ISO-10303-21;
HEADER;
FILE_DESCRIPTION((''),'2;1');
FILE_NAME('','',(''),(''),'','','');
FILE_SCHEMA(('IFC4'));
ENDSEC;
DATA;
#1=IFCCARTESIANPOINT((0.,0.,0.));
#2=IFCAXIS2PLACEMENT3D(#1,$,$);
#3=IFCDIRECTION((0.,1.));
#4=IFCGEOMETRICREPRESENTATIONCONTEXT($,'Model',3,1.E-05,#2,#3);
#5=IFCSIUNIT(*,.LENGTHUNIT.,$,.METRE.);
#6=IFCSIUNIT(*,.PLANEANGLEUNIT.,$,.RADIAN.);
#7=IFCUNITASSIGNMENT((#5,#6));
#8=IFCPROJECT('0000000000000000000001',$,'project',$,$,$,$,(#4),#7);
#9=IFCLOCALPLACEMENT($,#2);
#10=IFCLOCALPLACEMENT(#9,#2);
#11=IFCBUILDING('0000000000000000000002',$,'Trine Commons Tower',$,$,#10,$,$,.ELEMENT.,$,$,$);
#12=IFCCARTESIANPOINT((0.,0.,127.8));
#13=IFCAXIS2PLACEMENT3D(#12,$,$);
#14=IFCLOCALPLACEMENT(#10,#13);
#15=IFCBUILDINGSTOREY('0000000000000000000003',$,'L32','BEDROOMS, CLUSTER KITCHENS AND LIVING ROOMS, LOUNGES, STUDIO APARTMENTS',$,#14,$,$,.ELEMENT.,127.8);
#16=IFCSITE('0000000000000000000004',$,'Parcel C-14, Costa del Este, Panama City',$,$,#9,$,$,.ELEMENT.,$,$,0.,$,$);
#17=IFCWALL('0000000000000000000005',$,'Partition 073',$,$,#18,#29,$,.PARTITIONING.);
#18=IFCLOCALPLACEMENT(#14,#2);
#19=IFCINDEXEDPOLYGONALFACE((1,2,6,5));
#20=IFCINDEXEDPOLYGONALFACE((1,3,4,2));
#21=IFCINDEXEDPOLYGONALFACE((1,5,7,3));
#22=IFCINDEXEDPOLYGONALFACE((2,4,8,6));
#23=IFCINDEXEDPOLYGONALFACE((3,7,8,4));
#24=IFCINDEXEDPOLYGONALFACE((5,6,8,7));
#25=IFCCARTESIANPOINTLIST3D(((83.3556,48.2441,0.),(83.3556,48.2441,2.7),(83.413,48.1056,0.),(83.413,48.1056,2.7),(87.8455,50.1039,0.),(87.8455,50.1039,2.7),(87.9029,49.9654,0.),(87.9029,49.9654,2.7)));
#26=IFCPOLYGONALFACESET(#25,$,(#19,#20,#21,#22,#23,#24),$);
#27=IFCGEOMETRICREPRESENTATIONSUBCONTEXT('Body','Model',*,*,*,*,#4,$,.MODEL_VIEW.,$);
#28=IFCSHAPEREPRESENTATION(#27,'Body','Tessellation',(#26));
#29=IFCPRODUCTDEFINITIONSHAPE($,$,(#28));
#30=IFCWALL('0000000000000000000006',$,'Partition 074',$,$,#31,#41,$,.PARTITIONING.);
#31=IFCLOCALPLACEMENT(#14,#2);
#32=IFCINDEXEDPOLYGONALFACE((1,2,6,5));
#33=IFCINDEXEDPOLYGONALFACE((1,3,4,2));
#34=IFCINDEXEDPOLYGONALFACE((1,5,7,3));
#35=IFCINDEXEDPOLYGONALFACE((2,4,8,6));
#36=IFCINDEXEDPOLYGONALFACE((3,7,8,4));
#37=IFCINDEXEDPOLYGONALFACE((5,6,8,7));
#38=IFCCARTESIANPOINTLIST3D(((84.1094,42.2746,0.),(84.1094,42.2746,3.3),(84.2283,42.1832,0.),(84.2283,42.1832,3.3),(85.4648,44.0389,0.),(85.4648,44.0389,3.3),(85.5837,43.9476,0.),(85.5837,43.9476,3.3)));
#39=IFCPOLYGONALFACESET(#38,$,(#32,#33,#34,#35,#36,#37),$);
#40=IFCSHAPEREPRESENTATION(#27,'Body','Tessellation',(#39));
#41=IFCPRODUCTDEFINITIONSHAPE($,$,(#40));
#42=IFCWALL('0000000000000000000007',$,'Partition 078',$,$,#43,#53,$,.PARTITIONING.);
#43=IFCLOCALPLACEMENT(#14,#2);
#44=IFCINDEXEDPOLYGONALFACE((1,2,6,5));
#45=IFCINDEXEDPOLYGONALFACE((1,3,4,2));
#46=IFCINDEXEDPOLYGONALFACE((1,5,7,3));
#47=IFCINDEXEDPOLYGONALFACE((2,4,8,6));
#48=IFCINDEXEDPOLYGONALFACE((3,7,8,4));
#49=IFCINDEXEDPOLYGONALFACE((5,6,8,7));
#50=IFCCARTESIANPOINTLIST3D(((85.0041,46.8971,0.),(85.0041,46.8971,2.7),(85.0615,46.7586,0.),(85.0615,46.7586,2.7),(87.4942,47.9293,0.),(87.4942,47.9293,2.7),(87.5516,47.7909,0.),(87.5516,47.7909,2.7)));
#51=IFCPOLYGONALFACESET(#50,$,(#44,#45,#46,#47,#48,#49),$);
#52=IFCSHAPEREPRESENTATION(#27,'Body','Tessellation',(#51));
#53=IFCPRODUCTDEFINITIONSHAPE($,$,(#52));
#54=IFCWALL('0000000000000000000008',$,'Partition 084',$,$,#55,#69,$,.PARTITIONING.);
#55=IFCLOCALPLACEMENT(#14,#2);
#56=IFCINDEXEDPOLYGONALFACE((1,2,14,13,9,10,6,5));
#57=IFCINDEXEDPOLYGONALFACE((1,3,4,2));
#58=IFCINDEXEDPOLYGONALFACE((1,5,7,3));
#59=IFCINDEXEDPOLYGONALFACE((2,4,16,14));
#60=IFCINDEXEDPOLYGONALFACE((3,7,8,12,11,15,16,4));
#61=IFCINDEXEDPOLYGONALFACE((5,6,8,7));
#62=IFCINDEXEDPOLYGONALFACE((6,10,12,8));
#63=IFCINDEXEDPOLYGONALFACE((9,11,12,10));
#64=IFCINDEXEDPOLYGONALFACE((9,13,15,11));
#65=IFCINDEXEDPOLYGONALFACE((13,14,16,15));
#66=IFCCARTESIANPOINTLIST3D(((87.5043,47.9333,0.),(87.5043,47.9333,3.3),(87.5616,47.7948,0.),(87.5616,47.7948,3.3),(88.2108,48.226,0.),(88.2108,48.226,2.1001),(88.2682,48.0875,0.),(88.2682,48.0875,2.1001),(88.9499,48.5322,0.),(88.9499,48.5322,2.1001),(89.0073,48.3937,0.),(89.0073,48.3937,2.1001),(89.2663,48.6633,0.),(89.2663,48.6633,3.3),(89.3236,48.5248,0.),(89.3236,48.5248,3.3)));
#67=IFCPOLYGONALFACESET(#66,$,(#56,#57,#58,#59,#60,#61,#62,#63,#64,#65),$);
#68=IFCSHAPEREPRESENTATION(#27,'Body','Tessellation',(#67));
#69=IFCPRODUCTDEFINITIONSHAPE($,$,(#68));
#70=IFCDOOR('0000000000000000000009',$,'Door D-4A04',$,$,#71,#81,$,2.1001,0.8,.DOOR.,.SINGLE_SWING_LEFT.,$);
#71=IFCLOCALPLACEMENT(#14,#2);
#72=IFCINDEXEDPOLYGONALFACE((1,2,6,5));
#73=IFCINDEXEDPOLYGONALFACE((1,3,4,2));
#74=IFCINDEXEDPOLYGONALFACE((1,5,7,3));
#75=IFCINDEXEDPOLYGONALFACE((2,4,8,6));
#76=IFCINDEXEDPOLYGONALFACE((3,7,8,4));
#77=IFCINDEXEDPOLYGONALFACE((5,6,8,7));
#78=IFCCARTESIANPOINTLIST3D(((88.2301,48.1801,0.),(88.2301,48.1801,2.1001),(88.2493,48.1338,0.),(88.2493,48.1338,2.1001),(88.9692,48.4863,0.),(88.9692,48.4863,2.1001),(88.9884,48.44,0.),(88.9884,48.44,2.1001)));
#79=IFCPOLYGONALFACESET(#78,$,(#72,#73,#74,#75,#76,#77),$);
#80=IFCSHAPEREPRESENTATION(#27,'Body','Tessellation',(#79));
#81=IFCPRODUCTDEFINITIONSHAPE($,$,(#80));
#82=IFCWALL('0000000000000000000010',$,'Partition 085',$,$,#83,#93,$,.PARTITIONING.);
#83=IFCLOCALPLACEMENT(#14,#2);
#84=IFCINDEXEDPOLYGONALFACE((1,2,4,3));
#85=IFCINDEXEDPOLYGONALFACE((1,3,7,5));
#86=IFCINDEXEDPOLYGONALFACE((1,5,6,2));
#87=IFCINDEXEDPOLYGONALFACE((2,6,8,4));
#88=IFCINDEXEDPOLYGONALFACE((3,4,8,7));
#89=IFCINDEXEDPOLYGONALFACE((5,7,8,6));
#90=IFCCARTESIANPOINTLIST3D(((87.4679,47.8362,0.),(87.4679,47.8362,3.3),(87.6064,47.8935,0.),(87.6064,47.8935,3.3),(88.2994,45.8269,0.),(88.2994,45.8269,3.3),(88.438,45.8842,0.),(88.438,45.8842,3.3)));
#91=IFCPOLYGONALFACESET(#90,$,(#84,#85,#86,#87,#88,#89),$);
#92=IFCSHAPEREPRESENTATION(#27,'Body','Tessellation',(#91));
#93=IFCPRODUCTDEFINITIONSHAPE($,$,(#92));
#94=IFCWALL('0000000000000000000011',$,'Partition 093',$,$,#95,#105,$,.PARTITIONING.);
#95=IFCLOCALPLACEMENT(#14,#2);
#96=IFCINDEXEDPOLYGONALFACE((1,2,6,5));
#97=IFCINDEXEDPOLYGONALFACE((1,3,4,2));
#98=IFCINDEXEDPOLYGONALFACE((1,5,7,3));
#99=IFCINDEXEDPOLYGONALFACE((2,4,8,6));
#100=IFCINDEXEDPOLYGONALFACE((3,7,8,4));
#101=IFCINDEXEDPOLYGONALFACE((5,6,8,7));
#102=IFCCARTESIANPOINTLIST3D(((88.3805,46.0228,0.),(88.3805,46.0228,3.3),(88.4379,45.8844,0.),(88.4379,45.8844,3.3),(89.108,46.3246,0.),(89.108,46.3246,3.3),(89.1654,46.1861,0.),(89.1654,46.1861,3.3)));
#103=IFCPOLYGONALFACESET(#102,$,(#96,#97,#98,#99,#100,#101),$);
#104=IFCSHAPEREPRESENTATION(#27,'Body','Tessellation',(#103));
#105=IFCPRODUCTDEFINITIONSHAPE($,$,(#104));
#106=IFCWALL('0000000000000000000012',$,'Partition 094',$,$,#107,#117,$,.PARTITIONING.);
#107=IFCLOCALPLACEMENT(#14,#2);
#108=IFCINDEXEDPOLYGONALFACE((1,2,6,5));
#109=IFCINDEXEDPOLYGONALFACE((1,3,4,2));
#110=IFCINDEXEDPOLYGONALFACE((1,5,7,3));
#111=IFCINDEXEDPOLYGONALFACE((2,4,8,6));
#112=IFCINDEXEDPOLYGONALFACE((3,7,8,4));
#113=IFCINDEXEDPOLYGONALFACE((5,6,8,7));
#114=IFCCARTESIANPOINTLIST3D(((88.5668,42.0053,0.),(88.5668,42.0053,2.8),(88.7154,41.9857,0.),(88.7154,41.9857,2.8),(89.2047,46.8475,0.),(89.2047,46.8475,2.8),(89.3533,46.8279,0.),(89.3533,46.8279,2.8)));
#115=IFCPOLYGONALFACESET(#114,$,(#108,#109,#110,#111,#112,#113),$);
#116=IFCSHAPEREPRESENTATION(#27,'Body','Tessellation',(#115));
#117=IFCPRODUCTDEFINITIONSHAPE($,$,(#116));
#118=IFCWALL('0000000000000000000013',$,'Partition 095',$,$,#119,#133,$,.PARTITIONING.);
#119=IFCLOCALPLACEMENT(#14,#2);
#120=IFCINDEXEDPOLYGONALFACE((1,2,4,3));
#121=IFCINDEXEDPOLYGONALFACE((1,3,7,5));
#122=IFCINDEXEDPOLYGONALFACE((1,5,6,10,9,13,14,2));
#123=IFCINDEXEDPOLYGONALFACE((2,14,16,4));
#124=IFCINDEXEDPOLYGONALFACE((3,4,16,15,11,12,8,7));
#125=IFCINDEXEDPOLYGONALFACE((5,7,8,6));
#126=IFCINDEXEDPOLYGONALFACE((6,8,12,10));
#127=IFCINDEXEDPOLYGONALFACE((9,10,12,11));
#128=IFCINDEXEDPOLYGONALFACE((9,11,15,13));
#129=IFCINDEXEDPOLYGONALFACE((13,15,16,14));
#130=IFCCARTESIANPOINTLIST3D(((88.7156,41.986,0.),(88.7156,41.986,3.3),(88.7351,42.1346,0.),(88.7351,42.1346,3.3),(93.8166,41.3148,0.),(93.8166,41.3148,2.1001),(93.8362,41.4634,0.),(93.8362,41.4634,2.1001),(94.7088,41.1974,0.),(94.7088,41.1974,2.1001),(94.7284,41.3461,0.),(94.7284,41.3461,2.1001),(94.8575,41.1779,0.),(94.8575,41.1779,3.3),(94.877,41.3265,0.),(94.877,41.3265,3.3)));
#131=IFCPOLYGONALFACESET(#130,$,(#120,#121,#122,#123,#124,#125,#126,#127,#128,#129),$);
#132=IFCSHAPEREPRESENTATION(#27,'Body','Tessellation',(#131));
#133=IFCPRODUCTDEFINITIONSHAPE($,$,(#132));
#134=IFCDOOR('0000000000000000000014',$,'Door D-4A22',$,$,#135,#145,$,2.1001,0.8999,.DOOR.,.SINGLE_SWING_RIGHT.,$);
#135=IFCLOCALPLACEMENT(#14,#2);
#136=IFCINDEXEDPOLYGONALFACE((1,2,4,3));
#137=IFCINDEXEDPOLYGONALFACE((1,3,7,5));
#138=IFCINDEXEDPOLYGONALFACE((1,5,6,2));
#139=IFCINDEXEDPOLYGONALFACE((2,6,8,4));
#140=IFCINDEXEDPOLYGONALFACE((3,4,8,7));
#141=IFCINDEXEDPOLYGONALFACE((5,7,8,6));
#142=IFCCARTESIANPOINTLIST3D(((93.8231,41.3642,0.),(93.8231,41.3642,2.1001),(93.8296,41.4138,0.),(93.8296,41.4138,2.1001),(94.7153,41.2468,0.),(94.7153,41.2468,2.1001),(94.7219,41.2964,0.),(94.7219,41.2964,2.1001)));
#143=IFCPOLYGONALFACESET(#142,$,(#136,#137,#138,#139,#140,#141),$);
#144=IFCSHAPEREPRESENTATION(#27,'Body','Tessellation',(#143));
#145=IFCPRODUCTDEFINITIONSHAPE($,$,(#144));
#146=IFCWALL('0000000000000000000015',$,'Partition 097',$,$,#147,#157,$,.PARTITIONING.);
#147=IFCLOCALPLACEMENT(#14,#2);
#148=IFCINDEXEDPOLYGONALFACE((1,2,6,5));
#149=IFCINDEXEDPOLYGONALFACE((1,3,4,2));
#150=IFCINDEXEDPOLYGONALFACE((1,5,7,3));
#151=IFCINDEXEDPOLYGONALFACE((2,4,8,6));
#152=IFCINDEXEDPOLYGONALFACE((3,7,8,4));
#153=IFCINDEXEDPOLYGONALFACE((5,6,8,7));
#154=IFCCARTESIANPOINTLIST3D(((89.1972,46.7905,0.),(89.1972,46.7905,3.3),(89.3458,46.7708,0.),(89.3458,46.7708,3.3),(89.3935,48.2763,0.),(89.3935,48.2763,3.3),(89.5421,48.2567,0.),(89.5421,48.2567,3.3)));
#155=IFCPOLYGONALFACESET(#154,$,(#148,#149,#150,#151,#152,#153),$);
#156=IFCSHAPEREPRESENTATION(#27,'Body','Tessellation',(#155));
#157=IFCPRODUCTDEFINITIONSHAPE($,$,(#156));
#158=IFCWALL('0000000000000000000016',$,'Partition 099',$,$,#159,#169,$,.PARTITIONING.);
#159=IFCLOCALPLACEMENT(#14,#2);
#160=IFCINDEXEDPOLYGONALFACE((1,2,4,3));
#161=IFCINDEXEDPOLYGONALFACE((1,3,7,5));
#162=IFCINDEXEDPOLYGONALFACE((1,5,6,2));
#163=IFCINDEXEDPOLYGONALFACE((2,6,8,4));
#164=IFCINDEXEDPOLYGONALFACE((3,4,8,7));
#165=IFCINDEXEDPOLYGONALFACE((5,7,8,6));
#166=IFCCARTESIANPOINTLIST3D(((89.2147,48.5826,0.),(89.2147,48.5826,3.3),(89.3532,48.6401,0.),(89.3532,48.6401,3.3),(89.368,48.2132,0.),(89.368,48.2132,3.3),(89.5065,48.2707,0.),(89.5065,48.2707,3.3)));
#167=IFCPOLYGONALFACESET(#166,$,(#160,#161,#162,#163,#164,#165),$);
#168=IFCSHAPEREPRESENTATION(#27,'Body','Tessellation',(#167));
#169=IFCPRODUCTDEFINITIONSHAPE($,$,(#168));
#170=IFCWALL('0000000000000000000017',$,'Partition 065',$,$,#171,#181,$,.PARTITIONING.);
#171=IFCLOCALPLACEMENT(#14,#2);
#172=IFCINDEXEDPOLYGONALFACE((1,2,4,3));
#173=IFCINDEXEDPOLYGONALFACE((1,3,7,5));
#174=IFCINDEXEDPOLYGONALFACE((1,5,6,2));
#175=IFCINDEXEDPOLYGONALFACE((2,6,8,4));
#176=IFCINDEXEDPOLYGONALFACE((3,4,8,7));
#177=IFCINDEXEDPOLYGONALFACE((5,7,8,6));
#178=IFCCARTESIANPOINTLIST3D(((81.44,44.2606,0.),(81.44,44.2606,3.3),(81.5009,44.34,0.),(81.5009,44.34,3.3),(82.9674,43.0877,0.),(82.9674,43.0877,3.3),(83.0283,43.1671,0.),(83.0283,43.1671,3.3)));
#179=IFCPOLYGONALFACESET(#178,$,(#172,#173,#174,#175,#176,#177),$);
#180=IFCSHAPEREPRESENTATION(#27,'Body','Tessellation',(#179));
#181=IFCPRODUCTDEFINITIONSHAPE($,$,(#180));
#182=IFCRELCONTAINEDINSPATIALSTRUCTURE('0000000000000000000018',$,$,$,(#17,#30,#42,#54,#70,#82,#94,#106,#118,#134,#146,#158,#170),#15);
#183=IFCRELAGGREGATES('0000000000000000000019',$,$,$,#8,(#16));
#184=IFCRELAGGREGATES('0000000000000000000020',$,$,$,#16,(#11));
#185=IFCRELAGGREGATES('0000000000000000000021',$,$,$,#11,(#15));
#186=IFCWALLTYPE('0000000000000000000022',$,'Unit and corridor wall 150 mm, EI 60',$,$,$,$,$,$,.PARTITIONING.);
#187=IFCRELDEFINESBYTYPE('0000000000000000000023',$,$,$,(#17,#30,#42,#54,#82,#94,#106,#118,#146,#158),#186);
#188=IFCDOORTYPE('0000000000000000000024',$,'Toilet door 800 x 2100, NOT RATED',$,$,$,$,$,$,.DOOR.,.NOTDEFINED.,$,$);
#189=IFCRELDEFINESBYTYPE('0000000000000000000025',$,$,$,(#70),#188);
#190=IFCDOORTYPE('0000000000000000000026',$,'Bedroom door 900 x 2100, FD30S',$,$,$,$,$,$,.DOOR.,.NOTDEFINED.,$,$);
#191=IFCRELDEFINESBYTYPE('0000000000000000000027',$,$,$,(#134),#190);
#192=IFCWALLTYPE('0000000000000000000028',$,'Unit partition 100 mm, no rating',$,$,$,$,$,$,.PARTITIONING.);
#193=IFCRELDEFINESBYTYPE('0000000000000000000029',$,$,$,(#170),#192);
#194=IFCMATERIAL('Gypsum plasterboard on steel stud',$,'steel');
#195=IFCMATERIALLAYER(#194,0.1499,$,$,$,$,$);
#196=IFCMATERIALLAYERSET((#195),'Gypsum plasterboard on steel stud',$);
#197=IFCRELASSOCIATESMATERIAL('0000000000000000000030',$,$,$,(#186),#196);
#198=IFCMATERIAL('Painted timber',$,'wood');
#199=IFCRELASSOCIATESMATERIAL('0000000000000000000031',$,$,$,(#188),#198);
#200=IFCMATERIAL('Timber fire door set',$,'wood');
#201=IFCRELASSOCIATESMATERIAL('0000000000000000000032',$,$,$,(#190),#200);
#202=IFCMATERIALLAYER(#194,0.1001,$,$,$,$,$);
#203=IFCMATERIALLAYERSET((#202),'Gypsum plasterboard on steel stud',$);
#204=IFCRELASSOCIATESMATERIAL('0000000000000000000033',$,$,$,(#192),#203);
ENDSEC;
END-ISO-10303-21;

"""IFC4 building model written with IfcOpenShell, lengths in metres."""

from ifc_helpers import new_model, si_unit, direction, frame, frame_2d, origin, place, context, subcontext, project, spatial, rectangle, extrude, material, layer, layer_set, type_object, element, fill, save


model = new_model("IFC4")

# Units and contexts
model_context = context("Model", 3, precision=1e-05, world=origin(), true_north=direction((0.0, 1.0)))
body_context = subcontext(model_context, "Body", "Model", "MODEL_VIEW")
ifc_project = project(units=[si_unit("LENGTHUNIT", "METRE"), si_unit("PLANEANGLEUNIT", "RADIAN")], contexts=[model_context])

# Site, building, storey
site_placement = place(None, origin())
site = spatial("IfcSite", under=ifc_project, at=site_placement, Name="Parcel C-14, Costa del Este, Panama City", CompositionType="ELEMENT", RefElevation=0.0)
building_placement = place(site_placement, origin())
building = spatial("IfcBuilding", under=site, at=building_placement, Name="Trine Commons Tower", CompositionType="ELEMENT")
storey_placement = place(building_placement, frame((0.0, 0.0, 127.8)))
storey = spatial("IfcBuildingStorey", under=building, at=storey_placement, Name="L32", Description="BEDROOMS, CLUSTER KITCHENS AND LIVING ROOMS, LOUNGES, STUDIO APARTMENTS", CompositionType="ELEMENT", Elevation=127.8)

# Shared definitions
ifc_material_1 = material(Name="Gypsum plasterboard on steel stud", Category="steel")
ifc_layer_1 = layer(ifc_material_1, 0.1499)
ifc_layer_set_1 = layer_set([ifc_layer_1], Name="Gypsum plasterboard on steel stud")
wall_type_1 = type_object("IfcWallType", Name="Unit and corridor wall 150 mm, EI 60", PredefinedType="PARTITIONING", material=ifc_layer_set_1)
ifc_material_2 = material(Name="Timber fire door set", Category="wood")

# Walls
wall_1_placement = place(storey_placement, frame((83.3843, 48.1748, 0.0), z_axis=(0.0, 0.0, 1.0), x_axis=(0.923876, 0.382692, 0.0)))
element("IfcWall", 1, at=wall_1_placement, inside=storey, type_object=wall_type_1, Name="Partition 073", PredefinedType="PARTITIONING", context=body_context, shape_type="SweptSolid", body=[
    extrude(rectangle(XDim=4.8599, YDim=0.1499, at=frame_2d((2.4299, 0.0))), origin(), (0.0, 0.0, 1.0), 2.7),
])
wall_2_placement = place(storey_placement, frame((84.1689, 42.229, 0.0), z_axis=(0.0, 0.0, 1.0), x_axis=(0.609212, 0.793007, 0.0)))
element("IfcWall", 2, at=wall_2_placement, inside=storey, type_object=wall_type_1, Name="Partition 074", PredefinedType="PARTITIONING", context=body_context, shape_type="SweptSolid", body=[
    extrude(rectangle(XDim=2.2249, YDim=0.1499, at=frame_2d((1.1123, 0.0))), origin(), (0.0, 0.0, 1.0), 3.3),
])
wall_3_placement = place(storey_placement, frame((85.033, 46.8279, 0.0), z_axis=(0.0, 0.0, 1.0), x_axis=(0.923769, 0.382949, 0.0)))
element("IfcWall", 3, at=wall_3_placement, inside=storey, type_object=wall_type_1, Name="Partition 078", PredefinedType="PARTITIONING", context=body_context, shape_type="SweptSolid", body=[
    extrude(rectangle(XDim=2.6956, YDim=0.1499, at=frame_2d((1.3477, 0.0))), origin(), (0.0, 0.0, 1.0), 2.7),
])

# Wall, opening, door
wall_4_placement = place(storey_placement, frame((87.533, 47.864, 0.0), z_axis=(0.0, 0.0, 1.0), x_axis=(0.923851, 0.382751, 0.0)))
wall_4 = element("IfcWall", 4, at=wall_4_placement, inside=storey, type_object=wall_type_1, Name="Partition 084", PredefinedType="PARTITIONING", context=body_context, shape_type="SweptSolid", body=[
    extrude(rectangle(XDim=1.9072, YDim=0.1499, at=frame_2d((0.9536, 0.0))), origin(), (0.0, 0.0, 1.0), 3.3),
])
opening_1_placement = place(wall_4_placement, frame((0.7649, 0.0, 0.0)))
opening_1 = element("IfcOpeningElement", 5, at=opening_1_placement, cuts=wall_4, PredefinedType="OPENING", context=body_context, shape_type="SweptSolid", body=[
    extrude(rectangle(XDim=0.8, YDim=2.1001, at=frame_2d((0.3999, 1.05))), frame((0.0, 0.085, 0.0), z_axis=(0.0, -1.0, 0.0), x_axis=(1.0, 0.0, 0.0)), (0.0, 0.0, 1.0), 0.1699),
])
ifc_material_3 = material(Name="Painted timber", Category="wood")
door_type_1 = type_object("IfcDoorType", Name="Toilet door 800 x 2100, NOT RATED", OperationType="NOTDEFINED", PredefinedType="DOOR", material=ifc_material_3)
door_1_placement = place(opening_1_placement, frame((0.8, 0.0, 0.0), z_axis=(0.0, 0.0, 1.0), x_axis=(-1.0, 0.0, 0.0)))
door_1 = element("IfcDoor", 6, at=door_1_placement, inside=storey, type_object=door_type_1, Name="Door D-4A04", OperationType="SINGLE_SWING_LEFT", OverallHeight=2.1001, OverallWidth=0.8, PredefinedType="DOOR", context=body_context, shape_type="SweptSolid", body=[
    extrude(rectangle(XDim=0.8, YDim=2.1001, at=frame_2d((0.3999, 1.05))), frame((0.0, 0.0249, 0.0), z_axis=(0.0, -1.0, 0.0), x_axis=(1.0, 0.0, 0.0)), (0.0, 0.0, 1.0), 0.05),
])
fill(opening_1, door_1)

# Walls
wall_5_placement = place(storey_placement, frame((87.5371, 47.865, 0.0), z_axis=(0.0, 0.0, 1.0), x_axis=(0.382398, -0.923998, 0.0)))
element("IfcWall", 7, at=wall_5_placement, inside=storey, type_object=wall_type_1, Name="Partition 085", PredefinedType="PARTITIONING", context=body_context, shape_type="SweptSolid", body=[
    extrude(rectangle(XDim=2.1746, YDim=0.1499, at=frame_2d((1.0874, 0.0))), origin(), (0.0, 0.0, 1.0), 3.3),
])
wall_6_placement = place(storey_placement, frame((88.4092, 45.9536, 0.0), z_axis=(0.0, 0.0, 1.0), x_axis=(0.923699, 0.383118, 0.0)))
element("IfcWall", 8, at=wall_6_placement, inside=storey, type_object=wall_type_1, Name="Partition 093", PredefinedType="PARTITIONING", context=body_context, shape_type="SweptSolid", body=[
    extrude(rectangle(XDim=0.7876, YDim=0.1499, at=frame_2d((0.3938, 0.0))), origin(), (0.0, 0.0, 1.0), 3.3),
])
wall_7_placement = place(storey_placement, frame((88.6411, 41.9956, 0.0), z_axis=(0.0, 0.0, 1.0), x_axis=(0.130615, 0.991433, 0.0)))
element("IfcWall", 9, at=wall_7_placement, inside=storey, type_object=wall_type_1, Name="Partition 094", PredefinedType="PARTITIONING", context=body_context, shape_type="SweptSolid", body=[
    extrude(rectangle(XDim=4.884, YDim=0.1499, at=frame_2d((2.4419, 0.0))), origin(), (0.0, 0.0, 1.0), 2.8),
])

# Wall, opening, door
wall_8_placement = place(storey_placement, frame((88.7253, 42.0603, 0.0), z_axis=(0.0, 0.0, 1.0), x_axis=(0.991455, -0.130449, 0.0)))
wall_8 = element("IfcWall", 10, at=wall_8_placement, inside=storey, type_object=wall_type_1, Name="Partition 095", PredefinedType="PARTITIONING", context=body_context, shape_type="SweptSolid", body=[
    extrude(rectangle(XDim=6.1948, YDim=0.1499, at=frame_2d((3.0974, 0.0))), origin(), (0.0, 0.0, 1.0), 3.3),
])
opening_2_placement = place(wall_8_placement, frame((5.145, 0.0, 0.0)))
opening_2 = element("IfcOpeningElement", 11, at=opening_2_placement, cuts=wall_8, PredefinedType="OPENING", context=body_context, shape_type="SweptSolid", body=[
    extrude(rectangle(XDim=0.8999, YDim=2.1001, at=frame_2d((0.45, 1.05))), frame((0.0, 0.085, 0.0), z_axis=(0.0, -1.0, 0.0), x_axis=(1.0, 0.0, 0.0)), (0.0, 0.0, 1.0), 0.1699),
])
door_type_2 = type_object("IfcDoorType", Name="Bedroom door 900 x 2100, FD30S", OperationType="NOTDEFINED", PredefinedType="DOOR", material=ifc_material_2)
door_2_placement = place(opening_2_placement, origin())
door_2 = element("IfcDoor", 12, at=door_2_placement, inside=storey, type_object=door_type_2, Name="Door D-4A22", OperationType="SINGLE_SWING_RIGHT", OverallHeight=2.1001, OverallWidth=0.8999, PredefinedType="DOOR", context=body_context, shape_type="SweptSolid", body=[
    extrude(rectangle(XDim=0.8999, YDim=2.1001, at=frame_2d((0.45, 1.05))), frame((0.0, 0.0249, 0.0), z_axis=(0.0, -1.0, 0.0), x_axis=(1.0, 0.0, 0.0)), (0.0, 0.0, 1.0), 0.05),
])
fill(opening_2, door_2)

# Walls
wall_9_placement = place(storey_placement, frame((89.2715, 46.7805, 0.0), z_axis=(0.0, 0.0, 1.0), x_axis=(0.130969, 0.991387, 0.0)))
element("IfcWall", 13, at=wall_9_placement, inside=storey, type_object=wall_type_1, Name="Partition 097", PredefinedType="PARTITIONING", context=body_context, shape_type="SweptSolid", body=[
    extrude(rectangle(XDim=1.4988, YDim=0.1499, at=frame_2d((0.7495, 0.0))), origin(), (0.0, 0.0, 1.0), 3.3),
])
wall_10_placement = place(storey_placement, frame((89.2839, 48.6113, 0.0), z_axis=(0.0, 0.0, 1.0), x_axis=(0.383358, -0.9236, 0.0)))
element("IfcWall", 14, at=wall_10_placement, inside=storey, type_object=wall_type_1, Name="Partition 099", PredefinedType="PARTITIONING", context=body_context, shape_type="SweptSolid", body=[
    extrude(rectangle(XDim=0.3999, YDim=0.1499, at=frame_2d((0.2, 0.0))), origin(), (0.0, 0.0, 1.0), 3.3),
])
ifc_layer_2 = layer(ifc_material_1, 0.1001)
ifc_layer_set_2 = layer_set([ifc_layer_2], Name="Gypsum plasterboard on steel stud")
wall_type_2 = type_object("IfcWallType", Name="Unit partition 100 mm, no rating", PredefinedType="PARTITIONING", material=ifc_layer_set_2)
wall_11_placement = place(storey_placement, frame((81.4705, 44.3003, 0.0), z_axis=(0.0, 0.0, 1.0), x_axis=(0.793133, -0.609049, 0.0)))
element("IfcWall", 15, at=wall_11_placement, inside=storey, type_object=wall_type_2, Name="Partition 065", PredefinedType="PARTITIONING", context=body_context, shape_type="SweptSolid", body=[
    extrude(rectangle(XDim=1.9258, YDim=0.1001, at=frame_2d((0.9629, 0.0))), origin(), (0.0, 0.0, 1.0), 3.3),
])

save(model, "model.ifc")
